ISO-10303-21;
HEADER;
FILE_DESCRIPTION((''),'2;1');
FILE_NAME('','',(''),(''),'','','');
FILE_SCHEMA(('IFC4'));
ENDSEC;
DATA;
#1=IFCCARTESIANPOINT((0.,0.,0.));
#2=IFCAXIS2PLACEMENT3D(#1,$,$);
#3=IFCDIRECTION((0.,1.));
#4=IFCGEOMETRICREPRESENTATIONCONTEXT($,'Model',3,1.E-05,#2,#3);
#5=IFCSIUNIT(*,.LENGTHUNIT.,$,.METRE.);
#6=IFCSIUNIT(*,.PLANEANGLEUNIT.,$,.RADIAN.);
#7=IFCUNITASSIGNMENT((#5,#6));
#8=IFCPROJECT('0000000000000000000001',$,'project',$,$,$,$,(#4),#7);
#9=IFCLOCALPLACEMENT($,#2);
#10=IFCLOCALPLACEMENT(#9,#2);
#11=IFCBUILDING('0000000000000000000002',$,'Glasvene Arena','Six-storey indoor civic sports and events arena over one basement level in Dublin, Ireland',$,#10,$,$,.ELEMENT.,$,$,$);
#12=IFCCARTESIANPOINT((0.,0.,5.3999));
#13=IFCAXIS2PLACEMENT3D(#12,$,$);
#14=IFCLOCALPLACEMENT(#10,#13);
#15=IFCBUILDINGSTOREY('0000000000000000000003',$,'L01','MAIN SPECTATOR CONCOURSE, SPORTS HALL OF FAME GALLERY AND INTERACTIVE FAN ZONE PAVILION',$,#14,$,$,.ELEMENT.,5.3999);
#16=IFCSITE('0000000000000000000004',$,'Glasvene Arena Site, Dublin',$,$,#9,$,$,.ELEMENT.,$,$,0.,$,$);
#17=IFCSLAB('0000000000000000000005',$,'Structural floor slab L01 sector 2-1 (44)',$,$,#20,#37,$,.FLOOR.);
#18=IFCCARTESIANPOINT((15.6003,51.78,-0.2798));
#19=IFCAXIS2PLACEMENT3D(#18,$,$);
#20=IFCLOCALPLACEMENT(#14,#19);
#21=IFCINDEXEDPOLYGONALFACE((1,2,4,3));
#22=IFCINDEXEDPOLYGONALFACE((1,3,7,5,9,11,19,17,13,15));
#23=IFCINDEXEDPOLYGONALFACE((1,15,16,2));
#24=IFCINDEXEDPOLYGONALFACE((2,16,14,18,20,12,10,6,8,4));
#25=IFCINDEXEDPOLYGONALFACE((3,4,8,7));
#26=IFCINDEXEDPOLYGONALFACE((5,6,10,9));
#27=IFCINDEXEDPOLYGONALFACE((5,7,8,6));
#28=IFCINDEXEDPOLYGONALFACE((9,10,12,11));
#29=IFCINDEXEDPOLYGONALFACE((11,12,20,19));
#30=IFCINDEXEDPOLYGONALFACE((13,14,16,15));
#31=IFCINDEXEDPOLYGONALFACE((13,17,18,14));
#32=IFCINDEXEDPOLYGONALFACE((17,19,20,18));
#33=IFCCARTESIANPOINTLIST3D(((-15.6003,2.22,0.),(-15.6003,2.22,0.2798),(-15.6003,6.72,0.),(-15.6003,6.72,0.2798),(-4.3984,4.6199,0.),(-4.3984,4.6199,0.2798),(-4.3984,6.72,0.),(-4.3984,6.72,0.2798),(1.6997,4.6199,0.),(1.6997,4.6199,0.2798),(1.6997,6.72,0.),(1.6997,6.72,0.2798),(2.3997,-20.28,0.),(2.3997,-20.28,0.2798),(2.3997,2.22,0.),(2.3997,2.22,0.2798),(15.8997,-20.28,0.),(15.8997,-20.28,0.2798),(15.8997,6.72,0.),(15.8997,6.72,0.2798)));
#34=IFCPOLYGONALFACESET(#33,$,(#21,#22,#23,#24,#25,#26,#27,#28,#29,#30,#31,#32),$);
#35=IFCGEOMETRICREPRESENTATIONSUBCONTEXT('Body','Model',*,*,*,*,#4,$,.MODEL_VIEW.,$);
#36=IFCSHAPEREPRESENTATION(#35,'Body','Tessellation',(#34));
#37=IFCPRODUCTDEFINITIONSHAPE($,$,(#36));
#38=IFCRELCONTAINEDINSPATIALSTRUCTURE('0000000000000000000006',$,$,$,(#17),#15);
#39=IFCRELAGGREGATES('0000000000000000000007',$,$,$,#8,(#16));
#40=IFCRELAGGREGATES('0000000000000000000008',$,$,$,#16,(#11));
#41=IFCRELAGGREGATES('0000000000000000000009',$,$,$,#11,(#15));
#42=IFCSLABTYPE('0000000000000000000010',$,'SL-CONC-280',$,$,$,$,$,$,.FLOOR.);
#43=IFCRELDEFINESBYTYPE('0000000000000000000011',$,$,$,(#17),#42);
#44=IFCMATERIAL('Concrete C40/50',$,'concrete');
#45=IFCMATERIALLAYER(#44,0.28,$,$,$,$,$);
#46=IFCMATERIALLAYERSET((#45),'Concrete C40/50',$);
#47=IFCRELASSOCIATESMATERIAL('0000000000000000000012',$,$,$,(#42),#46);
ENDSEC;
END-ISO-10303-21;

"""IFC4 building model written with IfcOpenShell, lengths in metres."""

from ifc_helpers import new_model, si_unit, direction, frame, origin, place, context, subcontext, project, spatial, polyline, outline, extrude, material, layer, layer_set, type_object, element, save


model = new_model("IFC4")

# Units and contexts
model_context = context("Model", 3, precision=1e-05, world=origin(), true_north=direction((0.0, 1.0)))
body_context = subcontext(model_context, "Body", "Model", "MODEL_VIEW")
ifc_project = project(units=[si_unit("LENGTHUNIT", "METRE"), si_unit("PLANEANGLEUNIT", "RADIAN")], contexts=[model_context])

# Site, building, storey
site_placement = place(None, origin())
site = spatial("IfcSite", under=ifc_project, at=site_placement, Name="Glasvene Arena Site, Dublin", CompositionType="ELEMENT", RefElevation=0.0)
building_placement = place(site_placement, origin())
building = spatial("IfcBuilding", under=site, at=building_placement, Name="Glasvene Arena", Description="Six-storey indoor civic sports and events arena over one basement level in Dublin, Ireland", CompositionType="ELEMENT")
storey_placement = place(building_placement, frame((0.0, 0.0, 5.3999)))
storey = spatial("IfcBuildingStorey", under=building, at=storey_placement, Name="L01", Description="MAIN SPECTATOR CONCOURSE, SPORTS HALL OF FAME GALLERY AND INTERACTIVE FAN ZONE PAVILION", CompositionType="ELEMENT", Elevation=5.3999)

# Slab
ifc_material_1 = material(Name="Concrete C40/50", Category="concrete")
ifc_layer_1 = layer(ifc_material_1, 0.28)
ifc_layer_set_1 = layer_set([ifc_layer_1], Name="Concrete C40/50")
slab_type_1 = type_object("IfcSlabType", Name="SL-CONC-280", PredefinedType="FLOOR", material=ifc_layer_set_1)
slab_1_placement = place(storey_placement, frame((15.6003, 51.78, -0.2798)))
element("IfcSlab", 1, at=slab_1_placement, inside=storey, type_object=slab_type_1, Name="Structural floor slab L01 sector 2-1 (44)", PredefinedType="FLOOR", context=body_context, shape_type="SweptSolid", body=[
    extrude(outline(polyline([(-15.6003, 2.22), (-15.6003, 6.72), (-4.3984, 6.72), (-4.3984, 4.6199), (1.6997, 4.6199), (1.6997, 6.72), (15.8997, 6.72), (15.8997, -20.28), (2.3997, -20.28), (2.3997, 2.22), (-15.6003, 2.22)])), origin(), (0.0, 0.0, 1.0), 0.2798),
])

save(model, "model.ifc")
